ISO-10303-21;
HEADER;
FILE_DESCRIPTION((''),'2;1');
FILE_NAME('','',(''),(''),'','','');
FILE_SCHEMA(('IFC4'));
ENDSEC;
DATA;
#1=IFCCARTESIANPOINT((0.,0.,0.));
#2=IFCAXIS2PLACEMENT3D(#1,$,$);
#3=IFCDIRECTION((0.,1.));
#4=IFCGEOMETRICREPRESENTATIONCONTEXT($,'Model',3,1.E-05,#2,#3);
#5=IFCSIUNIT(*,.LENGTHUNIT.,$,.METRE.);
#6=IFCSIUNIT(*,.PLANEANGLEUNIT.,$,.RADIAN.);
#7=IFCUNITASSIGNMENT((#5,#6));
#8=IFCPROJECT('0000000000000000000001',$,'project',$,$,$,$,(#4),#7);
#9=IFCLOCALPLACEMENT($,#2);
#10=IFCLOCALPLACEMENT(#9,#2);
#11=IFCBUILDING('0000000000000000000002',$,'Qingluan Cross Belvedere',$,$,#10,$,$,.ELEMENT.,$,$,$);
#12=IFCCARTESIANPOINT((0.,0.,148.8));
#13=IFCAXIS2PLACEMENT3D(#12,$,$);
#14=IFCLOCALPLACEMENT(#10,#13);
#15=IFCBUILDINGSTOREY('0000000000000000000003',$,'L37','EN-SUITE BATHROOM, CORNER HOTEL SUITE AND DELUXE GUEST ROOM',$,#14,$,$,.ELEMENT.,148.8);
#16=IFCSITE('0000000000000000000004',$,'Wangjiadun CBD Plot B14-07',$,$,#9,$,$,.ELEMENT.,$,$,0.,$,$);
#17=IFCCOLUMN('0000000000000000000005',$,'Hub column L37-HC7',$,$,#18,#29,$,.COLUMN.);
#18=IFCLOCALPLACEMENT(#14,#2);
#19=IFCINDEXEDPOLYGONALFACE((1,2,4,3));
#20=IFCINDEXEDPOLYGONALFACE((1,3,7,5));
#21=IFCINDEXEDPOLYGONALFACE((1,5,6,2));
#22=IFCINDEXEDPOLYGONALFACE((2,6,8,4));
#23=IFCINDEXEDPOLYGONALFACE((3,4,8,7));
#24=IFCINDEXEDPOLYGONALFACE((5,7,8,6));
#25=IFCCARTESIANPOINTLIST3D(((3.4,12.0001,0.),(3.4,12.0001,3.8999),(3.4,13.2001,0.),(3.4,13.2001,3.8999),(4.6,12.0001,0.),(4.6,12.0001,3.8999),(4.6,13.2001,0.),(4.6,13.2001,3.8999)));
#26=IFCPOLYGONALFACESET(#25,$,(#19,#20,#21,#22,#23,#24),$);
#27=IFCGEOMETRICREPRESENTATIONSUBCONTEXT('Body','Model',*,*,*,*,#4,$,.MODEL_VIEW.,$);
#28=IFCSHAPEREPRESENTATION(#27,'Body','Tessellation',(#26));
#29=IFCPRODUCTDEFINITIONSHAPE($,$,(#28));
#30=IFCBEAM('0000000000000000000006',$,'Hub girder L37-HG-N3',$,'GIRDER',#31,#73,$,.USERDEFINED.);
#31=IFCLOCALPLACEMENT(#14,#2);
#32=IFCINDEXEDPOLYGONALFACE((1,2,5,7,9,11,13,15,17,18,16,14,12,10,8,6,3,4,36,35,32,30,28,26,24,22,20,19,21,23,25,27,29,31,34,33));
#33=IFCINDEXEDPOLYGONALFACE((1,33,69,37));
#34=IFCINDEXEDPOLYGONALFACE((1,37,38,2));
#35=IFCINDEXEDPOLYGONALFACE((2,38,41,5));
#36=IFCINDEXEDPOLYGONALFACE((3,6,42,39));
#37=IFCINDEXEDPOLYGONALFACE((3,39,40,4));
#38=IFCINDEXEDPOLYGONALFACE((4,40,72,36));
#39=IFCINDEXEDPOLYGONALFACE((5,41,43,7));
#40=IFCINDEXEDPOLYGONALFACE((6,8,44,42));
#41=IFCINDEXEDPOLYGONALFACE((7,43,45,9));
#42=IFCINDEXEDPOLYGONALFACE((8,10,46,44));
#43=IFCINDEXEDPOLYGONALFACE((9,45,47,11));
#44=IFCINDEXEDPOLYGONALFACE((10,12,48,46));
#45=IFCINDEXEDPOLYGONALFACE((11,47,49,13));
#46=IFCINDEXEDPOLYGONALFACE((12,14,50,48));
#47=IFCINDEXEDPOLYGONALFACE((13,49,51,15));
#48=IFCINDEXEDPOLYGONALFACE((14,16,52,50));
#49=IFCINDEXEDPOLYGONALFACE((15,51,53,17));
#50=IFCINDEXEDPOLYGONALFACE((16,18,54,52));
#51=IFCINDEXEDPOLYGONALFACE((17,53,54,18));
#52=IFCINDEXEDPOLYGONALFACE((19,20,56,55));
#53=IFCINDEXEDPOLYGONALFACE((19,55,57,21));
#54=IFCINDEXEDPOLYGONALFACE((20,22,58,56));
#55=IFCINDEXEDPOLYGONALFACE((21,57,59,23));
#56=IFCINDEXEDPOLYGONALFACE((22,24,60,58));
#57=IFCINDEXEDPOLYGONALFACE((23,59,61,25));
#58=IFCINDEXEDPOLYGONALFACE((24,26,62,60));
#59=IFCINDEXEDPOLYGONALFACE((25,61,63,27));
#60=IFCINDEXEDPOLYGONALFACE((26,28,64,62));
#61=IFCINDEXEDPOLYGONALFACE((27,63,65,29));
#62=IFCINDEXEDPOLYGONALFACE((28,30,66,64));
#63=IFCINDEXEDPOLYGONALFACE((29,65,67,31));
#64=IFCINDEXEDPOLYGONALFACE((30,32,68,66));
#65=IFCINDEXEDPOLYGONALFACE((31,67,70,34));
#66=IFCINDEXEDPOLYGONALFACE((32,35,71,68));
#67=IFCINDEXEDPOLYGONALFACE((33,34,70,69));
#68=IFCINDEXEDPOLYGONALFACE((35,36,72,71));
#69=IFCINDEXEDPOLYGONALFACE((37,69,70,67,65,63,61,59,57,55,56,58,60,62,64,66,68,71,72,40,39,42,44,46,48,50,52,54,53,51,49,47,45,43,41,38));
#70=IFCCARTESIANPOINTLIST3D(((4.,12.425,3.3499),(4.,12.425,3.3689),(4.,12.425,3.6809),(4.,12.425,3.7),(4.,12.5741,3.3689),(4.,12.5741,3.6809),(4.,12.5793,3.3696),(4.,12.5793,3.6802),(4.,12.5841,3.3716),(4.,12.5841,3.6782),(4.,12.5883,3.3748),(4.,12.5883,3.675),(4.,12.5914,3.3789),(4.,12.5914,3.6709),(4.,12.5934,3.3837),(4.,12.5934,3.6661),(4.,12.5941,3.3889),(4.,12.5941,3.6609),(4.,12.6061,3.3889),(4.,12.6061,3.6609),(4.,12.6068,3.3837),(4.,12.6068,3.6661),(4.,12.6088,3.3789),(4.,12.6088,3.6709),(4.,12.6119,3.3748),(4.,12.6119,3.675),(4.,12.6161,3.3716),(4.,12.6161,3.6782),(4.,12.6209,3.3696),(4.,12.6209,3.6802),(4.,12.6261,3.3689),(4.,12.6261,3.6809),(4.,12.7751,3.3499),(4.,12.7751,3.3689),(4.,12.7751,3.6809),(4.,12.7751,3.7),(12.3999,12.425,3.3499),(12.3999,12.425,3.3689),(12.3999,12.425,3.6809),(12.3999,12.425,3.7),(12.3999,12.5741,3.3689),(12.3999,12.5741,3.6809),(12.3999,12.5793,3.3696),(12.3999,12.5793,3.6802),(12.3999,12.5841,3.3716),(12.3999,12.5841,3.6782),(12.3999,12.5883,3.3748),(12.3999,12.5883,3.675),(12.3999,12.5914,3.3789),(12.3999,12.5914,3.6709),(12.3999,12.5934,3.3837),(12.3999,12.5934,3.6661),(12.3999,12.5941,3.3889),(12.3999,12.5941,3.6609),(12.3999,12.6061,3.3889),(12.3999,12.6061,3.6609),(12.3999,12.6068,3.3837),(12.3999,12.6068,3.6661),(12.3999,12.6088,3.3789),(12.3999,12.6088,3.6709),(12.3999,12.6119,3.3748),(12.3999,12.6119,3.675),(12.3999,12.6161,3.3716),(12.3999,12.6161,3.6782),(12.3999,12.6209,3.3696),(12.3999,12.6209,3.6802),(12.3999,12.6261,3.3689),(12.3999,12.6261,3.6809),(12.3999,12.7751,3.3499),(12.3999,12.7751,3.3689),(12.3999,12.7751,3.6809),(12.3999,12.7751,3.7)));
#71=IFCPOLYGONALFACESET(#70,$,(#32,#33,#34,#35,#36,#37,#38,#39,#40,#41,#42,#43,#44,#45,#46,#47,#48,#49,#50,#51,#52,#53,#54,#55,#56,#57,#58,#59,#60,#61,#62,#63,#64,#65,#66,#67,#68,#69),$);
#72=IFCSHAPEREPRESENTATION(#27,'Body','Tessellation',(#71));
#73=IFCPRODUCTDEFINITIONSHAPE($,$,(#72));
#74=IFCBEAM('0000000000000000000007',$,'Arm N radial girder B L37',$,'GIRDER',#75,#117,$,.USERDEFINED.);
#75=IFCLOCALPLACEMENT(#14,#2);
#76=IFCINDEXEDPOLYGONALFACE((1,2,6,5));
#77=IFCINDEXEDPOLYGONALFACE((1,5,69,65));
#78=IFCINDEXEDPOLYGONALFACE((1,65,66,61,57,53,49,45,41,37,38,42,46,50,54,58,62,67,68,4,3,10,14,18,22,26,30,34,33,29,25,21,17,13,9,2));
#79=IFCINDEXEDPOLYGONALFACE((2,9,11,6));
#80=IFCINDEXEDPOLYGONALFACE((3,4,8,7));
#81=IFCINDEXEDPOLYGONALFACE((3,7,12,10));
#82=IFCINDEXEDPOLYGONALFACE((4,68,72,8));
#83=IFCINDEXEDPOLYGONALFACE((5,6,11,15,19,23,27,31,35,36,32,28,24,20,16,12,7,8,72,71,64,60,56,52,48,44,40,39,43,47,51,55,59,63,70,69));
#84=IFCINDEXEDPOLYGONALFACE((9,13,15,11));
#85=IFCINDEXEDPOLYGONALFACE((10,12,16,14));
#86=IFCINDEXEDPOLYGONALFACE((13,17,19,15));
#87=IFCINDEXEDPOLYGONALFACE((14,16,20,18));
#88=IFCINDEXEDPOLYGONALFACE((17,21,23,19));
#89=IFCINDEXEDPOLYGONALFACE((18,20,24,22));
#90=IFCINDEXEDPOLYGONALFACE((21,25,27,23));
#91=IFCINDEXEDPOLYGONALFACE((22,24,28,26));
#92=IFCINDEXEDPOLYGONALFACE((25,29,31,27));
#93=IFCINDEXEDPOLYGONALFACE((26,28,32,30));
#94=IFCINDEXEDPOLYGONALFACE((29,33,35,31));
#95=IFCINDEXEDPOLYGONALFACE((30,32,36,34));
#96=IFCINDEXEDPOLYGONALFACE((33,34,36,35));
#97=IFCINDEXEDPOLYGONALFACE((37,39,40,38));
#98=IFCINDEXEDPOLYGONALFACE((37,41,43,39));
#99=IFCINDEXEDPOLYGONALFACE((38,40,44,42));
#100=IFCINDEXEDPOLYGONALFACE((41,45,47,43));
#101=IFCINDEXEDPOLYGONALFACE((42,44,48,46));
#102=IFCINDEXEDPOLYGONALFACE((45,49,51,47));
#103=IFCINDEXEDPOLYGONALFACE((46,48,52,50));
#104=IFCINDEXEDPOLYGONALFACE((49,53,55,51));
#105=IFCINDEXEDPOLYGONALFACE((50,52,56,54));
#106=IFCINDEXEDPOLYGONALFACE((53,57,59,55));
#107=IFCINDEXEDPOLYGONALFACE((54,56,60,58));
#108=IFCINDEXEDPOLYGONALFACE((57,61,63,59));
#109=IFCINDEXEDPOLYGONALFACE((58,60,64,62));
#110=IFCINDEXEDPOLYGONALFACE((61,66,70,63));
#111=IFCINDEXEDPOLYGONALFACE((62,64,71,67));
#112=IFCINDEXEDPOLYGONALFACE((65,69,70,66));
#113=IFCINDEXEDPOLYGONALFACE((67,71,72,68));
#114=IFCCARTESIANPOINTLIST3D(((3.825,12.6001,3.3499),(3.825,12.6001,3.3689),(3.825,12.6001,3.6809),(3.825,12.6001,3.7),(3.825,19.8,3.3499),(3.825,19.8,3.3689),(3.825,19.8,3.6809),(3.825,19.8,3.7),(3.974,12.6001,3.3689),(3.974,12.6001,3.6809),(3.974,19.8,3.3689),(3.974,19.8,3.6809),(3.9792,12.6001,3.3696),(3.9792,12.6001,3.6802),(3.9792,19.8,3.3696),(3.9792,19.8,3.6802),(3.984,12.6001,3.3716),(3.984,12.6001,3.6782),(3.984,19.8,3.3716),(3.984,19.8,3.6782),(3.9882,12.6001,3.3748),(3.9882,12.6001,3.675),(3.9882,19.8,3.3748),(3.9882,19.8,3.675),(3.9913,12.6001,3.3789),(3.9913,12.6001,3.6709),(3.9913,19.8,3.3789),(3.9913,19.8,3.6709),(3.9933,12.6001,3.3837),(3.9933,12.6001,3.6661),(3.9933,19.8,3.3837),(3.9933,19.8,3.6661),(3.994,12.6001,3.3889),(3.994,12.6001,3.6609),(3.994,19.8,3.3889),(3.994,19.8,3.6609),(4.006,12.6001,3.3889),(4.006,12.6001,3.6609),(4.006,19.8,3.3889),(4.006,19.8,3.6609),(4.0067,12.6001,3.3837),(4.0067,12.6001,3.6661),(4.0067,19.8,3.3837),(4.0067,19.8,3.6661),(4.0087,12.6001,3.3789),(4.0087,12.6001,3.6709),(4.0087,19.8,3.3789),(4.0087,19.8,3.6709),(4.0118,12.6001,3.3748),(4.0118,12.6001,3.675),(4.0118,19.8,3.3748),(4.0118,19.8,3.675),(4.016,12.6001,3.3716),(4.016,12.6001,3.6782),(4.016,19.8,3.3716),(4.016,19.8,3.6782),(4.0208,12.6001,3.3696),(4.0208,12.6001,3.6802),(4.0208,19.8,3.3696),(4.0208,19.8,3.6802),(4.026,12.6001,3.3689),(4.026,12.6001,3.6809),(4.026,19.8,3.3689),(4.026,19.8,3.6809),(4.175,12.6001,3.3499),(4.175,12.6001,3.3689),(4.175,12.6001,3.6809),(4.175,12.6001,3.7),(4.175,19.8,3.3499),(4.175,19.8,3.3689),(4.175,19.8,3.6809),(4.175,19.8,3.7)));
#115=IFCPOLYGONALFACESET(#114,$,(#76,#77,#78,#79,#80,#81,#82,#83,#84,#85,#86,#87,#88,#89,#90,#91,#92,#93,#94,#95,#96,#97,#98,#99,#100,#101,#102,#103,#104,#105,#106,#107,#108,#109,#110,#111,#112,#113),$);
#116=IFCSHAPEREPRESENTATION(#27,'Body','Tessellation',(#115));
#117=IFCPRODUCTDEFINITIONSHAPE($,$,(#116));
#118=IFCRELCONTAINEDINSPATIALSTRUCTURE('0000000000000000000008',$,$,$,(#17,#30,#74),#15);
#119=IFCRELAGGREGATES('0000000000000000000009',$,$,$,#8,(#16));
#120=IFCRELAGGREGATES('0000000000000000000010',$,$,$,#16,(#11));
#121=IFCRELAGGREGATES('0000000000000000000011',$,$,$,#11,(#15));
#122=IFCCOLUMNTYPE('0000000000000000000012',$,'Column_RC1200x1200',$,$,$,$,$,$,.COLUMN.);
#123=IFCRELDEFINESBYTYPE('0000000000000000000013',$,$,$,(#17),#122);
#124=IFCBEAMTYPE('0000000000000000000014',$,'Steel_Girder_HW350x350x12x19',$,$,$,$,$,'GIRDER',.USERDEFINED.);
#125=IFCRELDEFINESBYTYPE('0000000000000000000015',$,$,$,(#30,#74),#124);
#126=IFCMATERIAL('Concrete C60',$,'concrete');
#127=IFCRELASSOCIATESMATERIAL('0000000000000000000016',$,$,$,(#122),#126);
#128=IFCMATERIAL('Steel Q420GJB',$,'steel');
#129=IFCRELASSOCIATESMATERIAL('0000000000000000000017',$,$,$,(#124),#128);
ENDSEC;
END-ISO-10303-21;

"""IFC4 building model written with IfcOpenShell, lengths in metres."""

from ifc_helpers import new_model, si_unit, direction, frame, origin, origin_2d, place, context, subcontext, project, spatial, rectangle, i_section, extrude, material, material_profile, profile_set, type_object, element, save


model = new_model("IFC4")

# Units and contexts
model_context = context("Model", 3, precision=1e-05, world=origin(), true_north=direction((0.0, 1.0)))
body_context = subcontext(model_context, "Body", "Model", "MODEL_VIEW")
ifc_project = project(units=[si_unit("LENGTHUNIT", "METRE"), si_unit("PLANEANGLEUNIT", "RADIAN")], contexts=[model_context])

# Site, building, storey
site_placement = place(None, origin())
site = spatial("IfcSite", under=ifc_project, at=site_placement, Name="Wangjiadun CBD Plot B14-07", CompositionType="ELEMENT", RefElevation=0.0)
building_placement = place(site_placement, origin())
building = spatial("IfcBuilding", under=site, at=building_placement, Name="Qingluan Cross Belvedere", CompositionType="ELEMENT")
storey_placement = place(building_placement, frame((0.0, 0.0, 148.8)))
storey = spatial("IfcBuildingStorey", under=building, at=storey_placement, Name="L37", Description="EN-SUITE BATHROOM, CORNER HOTEL SUITE AND DELUXE GUEST ROOM", CompositionType="ELEMENT", Elevation=148.8)

# Column
ifc_material_1 = material(Name="Concrete C60", Category="concrete")
ifc_material_profile_1 = material_profile(ifc_material_1, rectangle(XDim=1.2, YDim=1.2, at=origin_2d()), Name="RC1200x1200")
ifc_profile_set_1 = profile_set([ifc_material_profile_1], Name="Concrete C60")
column_type = type_object("IfcColumnType", Name="Column_RC1200x1200", PredefinedType="COLUMN", material=ifc_profile_set_1)
column_placement = place(storey_placement, frame((4.0, 12.6001, 0.0), z_axis=(0.0, 0.0, 1.0), x_axis=(1.0, 0.0, 0.0)))
element("IfcColumn", 1, at=column_placement, inside=storey, type_object=column_type, Name="Hub column L37-HC7", PredefinedType="COLUMN", context=body_context, shape_type="SweptSolid", body=[
    extrude(rectangle(XDim=1.2, YDim=1.2, at=origin_2d()), origin(), (0.0, 0.0, 1.0), 3.8999),
])

# Beams
ifc_material_2 = material(Name="Steel Q420GJB", Category="steel")
ifc_material_profile_2 = material_profile(ifc_material_2, i_section(OverallWidth=0.3501, OverallDepth=0.3501, WebThickness=0.012, FlangeThickness=0.019, FilletRadius=0.02, at=origin_2d()), Name="HW350x350x12x19")
ifc_profile_set_2 = profile_set([ifc_material_profile_2], Name="Steel Q420GJB")
beam_type = type_object("IfcBeamType", Name="Steel_Girder_HW350x350x12x19", ElementType="GIRDER", PredefinedType="USERDEFINED", material=ifc_profile_set_2)
beam_1_placement = place(storey_placement, frame((4.0, 12.6001, 3.5249), z_axis=(1.0, 0.0, 0.0), x_axis=(0.0, 1.0, 0.0)))
element("IfcBeam", 2, at=beam_1_placement, inside=storey, type_object=beam_type, Name="Hub girder L37-HG-N3", ObjectType="GIRDER", PredefinedType="USERDEFINED", context=body_context, shape_type="SweptSolid", body=[
    extrude(i_section(OverallWidth=0.3501, OverallDepth=0.3501, WebThickness=0.012, FlangeThickness=0.019, FilletRadius=0.02, at=origin_2d()), origin(), (0.0, 0.0, 1.0), 8.3999),
])
beam_2_placement = place(storey_placement, frame((4.0, 12.6001, 3.5249), z_axis=(0.0, 1.0, 0.0), x_axis=(-1.0, 0.0, 0.0)))
element("IfcBeam", 3, at=beam_2_placement, inside=storey, type_object=beam_type, Name="Arm N radial girder B L37", ObjectType="GIRDER", PredefinedType="USERDEFINED", context=body_context, shape_type="SweptSolid", body=[
    extrude(i_section(OverallWidth=0.3501, OverallDepth=0.3501, WebThickness=0.012, FlangeThickness=0.019, FilletRadius=0.02, at=origin_2d()), origin(), (0.0, 0.0, 1.0), 7.2),
])

save(model, "model.ifc")
